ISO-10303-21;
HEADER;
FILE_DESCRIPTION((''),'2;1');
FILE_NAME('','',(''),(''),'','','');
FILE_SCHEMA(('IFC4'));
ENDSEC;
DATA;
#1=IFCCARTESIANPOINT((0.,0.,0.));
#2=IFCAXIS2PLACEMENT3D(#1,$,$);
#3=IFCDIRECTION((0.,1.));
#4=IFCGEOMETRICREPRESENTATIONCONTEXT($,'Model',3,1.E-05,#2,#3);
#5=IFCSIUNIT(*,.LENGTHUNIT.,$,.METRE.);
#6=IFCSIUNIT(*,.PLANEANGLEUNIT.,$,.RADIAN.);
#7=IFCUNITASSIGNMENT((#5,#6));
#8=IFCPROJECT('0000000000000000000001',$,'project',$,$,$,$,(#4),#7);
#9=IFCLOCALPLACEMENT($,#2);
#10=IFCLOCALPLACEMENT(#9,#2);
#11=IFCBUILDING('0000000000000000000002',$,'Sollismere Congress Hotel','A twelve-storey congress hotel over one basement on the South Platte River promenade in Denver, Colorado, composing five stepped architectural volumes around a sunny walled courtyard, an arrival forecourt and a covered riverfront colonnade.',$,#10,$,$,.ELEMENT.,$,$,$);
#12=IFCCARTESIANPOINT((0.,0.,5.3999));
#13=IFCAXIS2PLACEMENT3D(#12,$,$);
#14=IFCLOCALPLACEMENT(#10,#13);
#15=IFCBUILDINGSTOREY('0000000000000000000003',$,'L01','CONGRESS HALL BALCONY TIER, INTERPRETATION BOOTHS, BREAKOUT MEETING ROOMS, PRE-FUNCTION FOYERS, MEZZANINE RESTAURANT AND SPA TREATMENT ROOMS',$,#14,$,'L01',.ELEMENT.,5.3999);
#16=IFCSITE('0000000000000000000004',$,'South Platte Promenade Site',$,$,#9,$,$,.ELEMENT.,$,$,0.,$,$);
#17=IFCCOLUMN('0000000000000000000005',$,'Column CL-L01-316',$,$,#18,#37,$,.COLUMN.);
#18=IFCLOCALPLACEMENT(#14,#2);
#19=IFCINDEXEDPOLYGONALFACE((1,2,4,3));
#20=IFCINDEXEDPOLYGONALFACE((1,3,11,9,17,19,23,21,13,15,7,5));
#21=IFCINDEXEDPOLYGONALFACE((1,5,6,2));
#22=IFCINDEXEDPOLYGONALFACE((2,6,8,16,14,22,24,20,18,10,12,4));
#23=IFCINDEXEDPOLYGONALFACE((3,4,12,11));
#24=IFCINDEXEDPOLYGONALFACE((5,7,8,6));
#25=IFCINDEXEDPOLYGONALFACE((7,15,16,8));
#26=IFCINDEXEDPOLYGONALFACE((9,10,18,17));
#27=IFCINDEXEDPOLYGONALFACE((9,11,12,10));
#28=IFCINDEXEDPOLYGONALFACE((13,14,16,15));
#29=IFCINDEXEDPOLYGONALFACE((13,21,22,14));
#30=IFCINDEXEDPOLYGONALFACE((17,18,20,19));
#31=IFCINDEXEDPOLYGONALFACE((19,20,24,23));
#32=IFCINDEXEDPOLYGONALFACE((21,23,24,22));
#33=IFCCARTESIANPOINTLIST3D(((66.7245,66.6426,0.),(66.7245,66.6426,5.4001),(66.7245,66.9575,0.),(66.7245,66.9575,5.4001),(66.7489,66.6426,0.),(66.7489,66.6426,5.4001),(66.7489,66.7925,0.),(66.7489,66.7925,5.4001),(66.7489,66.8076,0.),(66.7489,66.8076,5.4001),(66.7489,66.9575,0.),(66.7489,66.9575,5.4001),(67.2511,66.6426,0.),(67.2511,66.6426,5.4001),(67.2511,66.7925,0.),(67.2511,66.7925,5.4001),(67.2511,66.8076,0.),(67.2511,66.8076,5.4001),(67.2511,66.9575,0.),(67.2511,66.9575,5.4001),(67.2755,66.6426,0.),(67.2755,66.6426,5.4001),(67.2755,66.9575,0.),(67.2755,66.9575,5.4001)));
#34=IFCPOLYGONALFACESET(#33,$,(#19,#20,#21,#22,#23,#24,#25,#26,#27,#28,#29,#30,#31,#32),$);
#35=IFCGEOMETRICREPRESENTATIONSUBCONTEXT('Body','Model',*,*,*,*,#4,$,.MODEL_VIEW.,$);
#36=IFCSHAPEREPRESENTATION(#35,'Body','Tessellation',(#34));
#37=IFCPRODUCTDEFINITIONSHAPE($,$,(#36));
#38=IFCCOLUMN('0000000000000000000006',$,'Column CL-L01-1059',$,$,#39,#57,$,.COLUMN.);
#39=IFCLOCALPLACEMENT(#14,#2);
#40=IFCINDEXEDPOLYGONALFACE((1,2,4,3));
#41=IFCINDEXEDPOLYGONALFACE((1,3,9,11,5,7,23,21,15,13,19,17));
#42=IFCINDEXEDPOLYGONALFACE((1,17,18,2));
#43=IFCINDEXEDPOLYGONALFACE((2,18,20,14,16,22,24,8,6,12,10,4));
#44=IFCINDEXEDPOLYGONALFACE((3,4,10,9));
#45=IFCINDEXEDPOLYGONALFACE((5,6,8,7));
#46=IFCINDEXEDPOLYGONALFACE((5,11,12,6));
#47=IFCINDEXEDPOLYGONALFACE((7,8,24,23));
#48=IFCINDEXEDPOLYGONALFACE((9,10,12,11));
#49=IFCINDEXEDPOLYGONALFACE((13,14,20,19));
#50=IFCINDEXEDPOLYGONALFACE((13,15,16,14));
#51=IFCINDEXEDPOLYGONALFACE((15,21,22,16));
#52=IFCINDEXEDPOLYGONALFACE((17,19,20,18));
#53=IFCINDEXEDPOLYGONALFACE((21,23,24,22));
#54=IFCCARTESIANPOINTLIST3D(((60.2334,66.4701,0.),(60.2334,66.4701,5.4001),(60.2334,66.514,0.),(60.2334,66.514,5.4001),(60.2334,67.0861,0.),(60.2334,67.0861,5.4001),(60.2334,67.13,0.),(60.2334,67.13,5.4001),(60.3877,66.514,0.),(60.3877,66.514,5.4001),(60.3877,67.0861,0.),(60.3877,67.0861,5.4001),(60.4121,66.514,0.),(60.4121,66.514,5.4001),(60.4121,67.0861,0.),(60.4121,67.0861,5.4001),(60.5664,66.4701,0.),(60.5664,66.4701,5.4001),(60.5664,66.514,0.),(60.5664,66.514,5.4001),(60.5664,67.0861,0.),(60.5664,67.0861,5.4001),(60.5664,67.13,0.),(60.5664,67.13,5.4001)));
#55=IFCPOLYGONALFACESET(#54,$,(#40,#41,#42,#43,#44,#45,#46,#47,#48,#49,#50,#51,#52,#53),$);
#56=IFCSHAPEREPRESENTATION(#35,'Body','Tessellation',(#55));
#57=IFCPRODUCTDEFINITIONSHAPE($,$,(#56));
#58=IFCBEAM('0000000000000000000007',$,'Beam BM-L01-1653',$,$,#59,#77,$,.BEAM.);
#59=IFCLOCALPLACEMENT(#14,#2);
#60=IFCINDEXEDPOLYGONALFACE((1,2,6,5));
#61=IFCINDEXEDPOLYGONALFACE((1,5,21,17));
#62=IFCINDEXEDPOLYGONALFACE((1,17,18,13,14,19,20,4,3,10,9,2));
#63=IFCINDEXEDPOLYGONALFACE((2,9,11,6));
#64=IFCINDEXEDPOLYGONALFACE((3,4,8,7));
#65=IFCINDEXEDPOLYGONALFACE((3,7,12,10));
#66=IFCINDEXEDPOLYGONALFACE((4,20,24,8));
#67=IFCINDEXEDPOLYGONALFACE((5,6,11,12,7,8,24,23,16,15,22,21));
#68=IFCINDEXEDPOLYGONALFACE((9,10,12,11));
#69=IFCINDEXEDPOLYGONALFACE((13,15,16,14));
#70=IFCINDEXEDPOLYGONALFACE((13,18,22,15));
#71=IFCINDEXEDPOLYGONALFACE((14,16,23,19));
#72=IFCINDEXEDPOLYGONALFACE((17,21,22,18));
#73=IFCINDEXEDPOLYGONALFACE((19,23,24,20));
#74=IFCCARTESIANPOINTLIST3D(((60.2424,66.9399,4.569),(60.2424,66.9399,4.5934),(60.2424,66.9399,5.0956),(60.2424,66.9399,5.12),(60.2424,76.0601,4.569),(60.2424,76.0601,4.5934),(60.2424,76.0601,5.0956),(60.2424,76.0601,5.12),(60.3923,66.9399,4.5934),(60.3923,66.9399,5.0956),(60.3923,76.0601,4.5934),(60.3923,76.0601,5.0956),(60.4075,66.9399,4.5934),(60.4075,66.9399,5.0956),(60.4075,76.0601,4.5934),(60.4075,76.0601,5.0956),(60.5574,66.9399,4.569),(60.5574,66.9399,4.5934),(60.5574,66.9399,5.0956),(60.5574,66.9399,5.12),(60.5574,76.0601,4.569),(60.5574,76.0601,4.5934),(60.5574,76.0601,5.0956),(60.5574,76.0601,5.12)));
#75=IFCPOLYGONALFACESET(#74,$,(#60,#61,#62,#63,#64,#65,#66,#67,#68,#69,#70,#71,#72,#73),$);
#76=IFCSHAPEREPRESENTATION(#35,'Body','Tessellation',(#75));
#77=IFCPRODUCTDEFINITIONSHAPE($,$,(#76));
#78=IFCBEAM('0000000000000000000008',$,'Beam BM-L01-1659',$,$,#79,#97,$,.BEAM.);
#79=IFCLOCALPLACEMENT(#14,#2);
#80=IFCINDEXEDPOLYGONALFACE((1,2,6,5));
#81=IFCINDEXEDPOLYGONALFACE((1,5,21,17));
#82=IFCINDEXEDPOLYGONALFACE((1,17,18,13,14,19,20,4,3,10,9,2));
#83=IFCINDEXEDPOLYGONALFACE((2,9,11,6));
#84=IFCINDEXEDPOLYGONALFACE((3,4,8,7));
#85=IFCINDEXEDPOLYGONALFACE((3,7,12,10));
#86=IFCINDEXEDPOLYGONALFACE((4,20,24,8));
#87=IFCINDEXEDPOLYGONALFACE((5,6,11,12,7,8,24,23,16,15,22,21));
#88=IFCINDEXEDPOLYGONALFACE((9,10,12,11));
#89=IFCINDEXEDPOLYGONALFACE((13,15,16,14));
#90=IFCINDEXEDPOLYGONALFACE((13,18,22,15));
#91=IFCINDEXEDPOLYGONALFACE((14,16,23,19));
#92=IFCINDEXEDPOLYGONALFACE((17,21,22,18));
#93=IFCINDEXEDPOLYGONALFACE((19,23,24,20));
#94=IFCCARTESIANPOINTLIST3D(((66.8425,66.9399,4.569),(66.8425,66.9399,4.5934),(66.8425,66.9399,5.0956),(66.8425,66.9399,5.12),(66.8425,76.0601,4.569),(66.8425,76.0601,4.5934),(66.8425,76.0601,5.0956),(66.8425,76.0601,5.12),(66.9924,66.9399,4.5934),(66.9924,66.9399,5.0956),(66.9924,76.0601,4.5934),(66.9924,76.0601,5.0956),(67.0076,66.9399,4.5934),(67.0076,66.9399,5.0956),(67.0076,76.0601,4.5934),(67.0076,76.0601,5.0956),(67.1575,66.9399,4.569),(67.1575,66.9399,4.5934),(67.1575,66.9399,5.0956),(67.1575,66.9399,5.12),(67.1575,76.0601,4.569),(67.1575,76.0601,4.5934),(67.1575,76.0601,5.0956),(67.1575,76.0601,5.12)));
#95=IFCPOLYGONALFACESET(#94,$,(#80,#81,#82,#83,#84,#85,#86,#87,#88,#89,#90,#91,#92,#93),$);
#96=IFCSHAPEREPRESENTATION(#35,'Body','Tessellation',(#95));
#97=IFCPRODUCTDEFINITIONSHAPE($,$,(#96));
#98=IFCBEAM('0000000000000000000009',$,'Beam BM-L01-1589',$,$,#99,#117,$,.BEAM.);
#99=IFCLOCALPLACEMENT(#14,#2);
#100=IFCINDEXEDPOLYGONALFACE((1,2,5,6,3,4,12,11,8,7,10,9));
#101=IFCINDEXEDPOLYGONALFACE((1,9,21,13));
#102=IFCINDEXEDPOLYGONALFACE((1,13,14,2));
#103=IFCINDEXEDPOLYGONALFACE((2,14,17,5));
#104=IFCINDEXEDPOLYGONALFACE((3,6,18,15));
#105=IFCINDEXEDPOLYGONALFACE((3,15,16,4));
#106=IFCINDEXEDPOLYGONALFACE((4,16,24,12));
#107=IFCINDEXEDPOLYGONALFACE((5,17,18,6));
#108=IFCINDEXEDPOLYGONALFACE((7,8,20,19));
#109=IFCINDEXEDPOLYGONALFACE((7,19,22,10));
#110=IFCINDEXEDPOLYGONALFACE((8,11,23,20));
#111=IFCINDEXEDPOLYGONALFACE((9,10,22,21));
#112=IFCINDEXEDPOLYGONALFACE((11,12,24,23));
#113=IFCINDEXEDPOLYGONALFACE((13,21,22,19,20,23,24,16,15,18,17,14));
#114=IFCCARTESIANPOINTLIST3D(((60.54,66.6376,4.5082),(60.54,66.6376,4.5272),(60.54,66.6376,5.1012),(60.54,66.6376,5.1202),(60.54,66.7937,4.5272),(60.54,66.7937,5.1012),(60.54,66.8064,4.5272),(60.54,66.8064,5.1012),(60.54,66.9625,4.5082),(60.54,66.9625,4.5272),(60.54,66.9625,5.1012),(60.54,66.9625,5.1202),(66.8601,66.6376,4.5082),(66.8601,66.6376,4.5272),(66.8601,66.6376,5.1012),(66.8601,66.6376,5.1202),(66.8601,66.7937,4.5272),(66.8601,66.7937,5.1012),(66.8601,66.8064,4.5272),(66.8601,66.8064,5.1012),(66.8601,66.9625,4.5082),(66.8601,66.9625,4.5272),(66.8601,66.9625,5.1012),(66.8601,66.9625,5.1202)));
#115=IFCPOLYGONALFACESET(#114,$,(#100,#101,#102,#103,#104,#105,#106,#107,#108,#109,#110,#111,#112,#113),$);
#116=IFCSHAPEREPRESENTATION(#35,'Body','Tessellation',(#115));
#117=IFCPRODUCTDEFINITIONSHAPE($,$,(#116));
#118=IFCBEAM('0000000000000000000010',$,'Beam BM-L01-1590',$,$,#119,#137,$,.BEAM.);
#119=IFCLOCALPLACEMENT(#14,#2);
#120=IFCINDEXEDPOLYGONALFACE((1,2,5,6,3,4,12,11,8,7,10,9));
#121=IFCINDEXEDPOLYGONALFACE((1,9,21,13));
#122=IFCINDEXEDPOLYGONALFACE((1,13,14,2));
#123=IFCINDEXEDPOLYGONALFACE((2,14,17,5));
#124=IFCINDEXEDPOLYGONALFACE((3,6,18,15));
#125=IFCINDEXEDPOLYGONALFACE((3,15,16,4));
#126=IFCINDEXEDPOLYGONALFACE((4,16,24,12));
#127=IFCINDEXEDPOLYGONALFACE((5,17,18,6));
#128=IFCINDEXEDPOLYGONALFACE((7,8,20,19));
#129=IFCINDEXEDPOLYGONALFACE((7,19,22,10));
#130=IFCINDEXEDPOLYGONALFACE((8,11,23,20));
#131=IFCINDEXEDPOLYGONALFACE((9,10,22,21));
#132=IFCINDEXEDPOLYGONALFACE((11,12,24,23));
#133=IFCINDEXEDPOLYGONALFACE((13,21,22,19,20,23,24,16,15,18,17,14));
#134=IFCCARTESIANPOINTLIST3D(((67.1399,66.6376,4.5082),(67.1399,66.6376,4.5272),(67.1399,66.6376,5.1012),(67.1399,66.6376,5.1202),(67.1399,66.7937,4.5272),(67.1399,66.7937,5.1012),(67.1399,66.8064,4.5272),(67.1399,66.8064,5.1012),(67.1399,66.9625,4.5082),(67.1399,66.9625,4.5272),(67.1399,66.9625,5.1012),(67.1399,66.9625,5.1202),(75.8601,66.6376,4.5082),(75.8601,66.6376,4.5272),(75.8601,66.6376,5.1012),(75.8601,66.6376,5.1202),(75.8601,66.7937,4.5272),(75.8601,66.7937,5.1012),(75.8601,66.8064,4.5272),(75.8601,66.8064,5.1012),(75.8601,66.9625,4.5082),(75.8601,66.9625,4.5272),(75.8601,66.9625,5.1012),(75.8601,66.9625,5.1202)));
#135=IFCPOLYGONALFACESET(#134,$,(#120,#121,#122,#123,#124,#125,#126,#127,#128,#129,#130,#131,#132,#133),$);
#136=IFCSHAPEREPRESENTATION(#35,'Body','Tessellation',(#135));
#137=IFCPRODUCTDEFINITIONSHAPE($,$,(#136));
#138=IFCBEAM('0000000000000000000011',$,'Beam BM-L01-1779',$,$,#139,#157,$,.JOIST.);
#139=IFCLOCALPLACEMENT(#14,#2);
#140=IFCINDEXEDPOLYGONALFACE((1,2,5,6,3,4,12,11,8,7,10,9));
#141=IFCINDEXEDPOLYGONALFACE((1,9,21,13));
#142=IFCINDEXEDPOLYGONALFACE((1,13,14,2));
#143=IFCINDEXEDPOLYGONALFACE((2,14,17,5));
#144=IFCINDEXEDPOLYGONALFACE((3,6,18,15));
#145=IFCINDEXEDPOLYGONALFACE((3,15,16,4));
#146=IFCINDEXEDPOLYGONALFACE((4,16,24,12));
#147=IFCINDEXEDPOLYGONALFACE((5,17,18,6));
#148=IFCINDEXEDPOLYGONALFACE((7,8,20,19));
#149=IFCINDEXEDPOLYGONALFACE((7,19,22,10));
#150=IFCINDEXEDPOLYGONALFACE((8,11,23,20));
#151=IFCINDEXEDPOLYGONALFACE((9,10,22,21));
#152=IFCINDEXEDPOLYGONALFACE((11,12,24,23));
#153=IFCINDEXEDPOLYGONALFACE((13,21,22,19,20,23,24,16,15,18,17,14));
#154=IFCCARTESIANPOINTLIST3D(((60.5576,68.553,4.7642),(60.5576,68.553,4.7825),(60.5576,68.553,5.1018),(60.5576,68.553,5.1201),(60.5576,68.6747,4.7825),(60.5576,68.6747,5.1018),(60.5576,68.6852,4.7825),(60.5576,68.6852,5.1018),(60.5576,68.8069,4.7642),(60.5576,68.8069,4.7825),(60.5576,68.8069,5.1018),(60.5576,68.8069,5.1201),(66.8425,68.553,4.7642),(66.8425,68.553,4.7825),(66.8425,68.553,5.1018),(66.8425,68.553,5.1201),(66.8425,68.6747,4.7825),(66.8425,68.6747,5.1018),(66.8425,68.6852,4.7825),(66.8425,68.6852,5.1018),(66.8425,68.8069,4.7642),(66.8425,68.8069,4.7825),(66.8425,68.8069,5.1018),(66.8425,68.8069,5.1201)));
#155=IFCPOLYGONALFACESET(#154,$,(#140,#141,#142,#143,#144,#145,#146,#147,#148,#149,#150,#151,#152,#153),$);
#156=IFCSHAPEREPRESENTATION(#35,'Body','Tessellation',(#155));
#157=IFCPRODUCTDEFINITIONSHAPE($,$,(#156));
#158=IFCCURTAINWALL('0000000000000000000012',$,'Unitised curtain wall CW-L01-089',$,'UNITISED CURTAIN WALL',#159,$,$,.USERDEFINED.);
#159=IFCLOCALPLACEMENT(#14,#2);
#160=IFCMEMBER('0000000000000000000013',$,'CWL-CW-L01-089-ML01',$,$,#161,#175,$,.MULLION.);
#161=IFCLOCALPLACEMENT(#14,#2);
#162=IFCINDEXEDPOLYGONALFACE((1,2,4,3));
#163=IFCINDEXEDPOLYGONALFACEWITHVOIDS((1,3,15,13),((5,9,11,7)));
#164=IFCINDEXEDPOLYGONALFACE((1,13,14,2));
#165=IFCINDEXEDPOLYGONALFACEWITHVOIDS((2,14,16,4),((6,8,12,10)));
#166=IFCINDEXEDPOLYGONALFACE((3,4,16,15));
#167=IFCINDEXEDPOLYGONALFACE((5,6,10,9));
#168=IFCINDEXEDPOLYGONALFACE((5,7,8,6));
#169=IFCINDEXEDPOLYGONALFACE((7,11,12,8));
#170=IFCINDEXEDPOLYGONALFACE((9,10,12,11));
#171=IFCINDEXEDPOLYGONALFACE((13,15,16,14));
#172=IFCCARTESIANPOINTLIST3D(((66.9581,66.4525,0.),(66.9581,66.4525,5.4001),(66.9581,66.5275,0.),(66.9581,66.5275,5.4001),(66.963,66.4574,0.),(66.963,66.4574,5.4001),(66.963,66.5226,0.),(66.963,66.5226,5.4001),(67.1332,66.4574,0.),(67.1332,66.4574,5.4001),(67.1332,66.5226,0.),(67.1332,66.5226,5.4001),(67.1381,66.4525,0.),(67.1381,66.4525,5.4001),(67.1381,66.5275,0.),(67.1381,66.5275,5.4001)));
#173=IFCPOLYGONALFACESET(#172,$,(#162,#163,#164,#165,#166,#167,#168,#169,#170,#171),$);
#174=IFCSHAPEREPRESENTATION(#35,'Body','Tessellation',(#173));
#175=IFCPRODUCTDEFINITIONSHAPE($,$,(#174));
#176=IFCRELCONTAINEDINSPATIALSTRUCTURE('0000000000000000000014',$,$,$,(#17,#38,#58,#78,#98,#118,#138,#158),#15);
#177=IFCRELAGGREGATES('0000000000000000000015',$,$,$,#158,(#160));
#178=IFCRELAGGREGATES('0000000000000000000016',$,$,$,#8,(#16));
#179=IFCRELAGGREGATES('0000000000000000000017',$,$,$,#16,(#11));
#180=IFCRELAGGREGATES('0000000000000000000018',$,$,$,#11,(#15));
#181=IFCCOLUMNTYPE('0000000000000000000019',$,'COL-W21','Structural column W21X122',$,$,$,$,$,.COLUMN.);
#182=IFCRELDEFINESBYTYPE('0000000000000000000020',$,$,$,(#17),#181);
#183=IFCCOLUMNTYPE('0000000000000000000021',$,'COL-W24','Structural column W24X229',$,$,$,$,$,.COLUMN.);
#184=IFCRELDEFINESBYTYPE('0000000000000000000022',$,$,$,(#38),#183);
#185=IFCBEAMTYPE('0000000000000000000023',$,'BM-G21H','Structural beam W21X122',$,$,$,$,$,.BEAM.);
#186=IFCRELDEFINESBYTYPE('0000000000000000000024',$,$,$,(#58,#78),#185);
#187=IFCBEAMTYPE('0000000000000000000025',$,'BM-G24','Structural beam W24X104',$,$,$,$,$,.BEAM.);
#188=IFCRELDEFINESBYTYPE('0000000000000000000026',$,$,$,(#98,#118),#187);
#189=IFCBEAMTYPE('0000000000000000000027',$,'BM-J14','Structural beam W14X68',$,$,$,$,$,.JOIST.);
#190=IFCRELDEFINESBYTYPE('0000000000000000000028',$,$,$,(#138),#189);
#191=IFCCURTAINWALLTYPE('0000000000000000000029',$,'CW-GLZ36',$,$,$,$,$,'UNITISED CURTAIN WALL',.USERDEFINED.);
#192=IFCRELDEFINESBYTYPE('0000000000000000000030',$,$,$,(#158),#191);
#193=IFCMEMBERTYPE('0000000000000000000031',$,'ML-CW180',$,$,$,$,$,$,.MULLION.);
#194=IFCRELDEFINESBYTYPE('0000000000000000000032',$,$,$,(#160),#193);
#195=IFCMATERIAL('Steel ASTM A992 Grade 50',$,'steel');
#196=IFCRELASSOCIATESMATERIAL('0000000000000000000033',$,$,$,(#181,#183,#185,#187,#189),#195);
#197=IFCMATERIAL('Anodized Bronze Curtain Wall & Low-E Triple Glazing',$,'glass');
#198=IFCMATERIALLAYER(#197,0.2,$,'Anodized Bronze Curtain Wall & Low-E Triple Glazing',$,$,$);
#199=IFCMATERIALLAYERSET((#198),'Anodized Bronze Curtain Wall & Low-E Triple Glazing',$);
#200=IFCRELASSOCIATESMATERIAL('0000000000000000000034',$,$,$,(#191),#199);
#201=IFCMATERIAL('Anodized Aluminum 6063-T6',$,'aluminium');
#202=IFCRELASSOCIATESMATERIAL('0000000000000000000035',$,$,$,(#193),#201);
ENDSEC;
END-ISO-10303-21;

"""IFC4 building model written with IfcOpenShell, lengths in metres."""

from ifc_helpers import new_model, si_unit, direction, frame, origin, origin_2d, place, context, subcontext, project, spatial, hollow_rectangle, i_section, extrude, material, layer, layer_set, material_profile, profile_set, type_object, element, aggregate, save


model = new_model("IFC4")

# Units and contexts
model_context = context("Model", 3, precision=1e-05, world=origin(), true_north=direction((0.0, 1.0)))
body_context = subcontext(model_context, "Body", "Model", "MODEL_VIEW")
ifc_project = project(units=[si_unit("LENGTHUNIT", "METRE"), si_unit("PLANEANGLEUNIT", "RADIAN")], contexts=[model_context])

# Site, building, storey
site_placement = place(None, origin())
site = spatial("IfcSite", under=ifc_project, at=site_placement, Name="South Platte Promenade Site", CompositionType="ELEMENT", RefElevation=0.0)
building_placement = place(site_placement, origin())
building = spatial("IfcBuilding", under=site, at=building_placement, Name="Sollismere Congress Hotel", Description="A twelve-storey congress hotel over one basement on the South Platte River promenade in Denver, Colorado, composing five stepped architectural volumes around a sunny walled courtyard, an arrival forecourt and a covered riverfront colonnade.", CompositionType="ELEMENT")
storey_placement = place(building_placement, frame((0.0, 0.0, 5.3999)))
storey = spatial("IfcBuildingStorey", under=building, at=storey_placement, Name="L01", Description="CONGRESS HALL BALCONY TIER, INTERPRETATION BOOTHS, BREAKOUT MEETING ROOMS, PRE-FUNCTION FOYERS, MEZZANINE RESTAURANT AND SPA TREATMENT ROOMS", LongName="L01", CompositionType="ELEMENT", Elevation=5.3999)

# Columns
ifc_material_1 = material(Name="Steel ASTM A992 Grade 50", Category="steel")
ifc_material_profile_1 = material_profile(ifc_material_1, i_section(OverallWidth=0.3149, OverallDepth=0.551, WebThickness=0.0151, FlangeThickness=0.0244, at=origin_2d()), Name="W21X122")
ifc_profile_set_1 = profile_set([ifc_material_profile_1], Name="Steel ASTM A992 Grade 50")
column_type_1 = type_object("IfcColumnType", Name="COL-W21", Description="Structural column W21X122", PredefinedType="COLUMN", material=ifc_profile_set_1)
column_1_placement = place(storey_placement, frame((67.0, 66.8, 0.0), z_axis=(0.0, 0.0, 1.0), x_axis=(0.0, 1.0, 0.0)))
element("IfcColumn", 1, at=column_1_placement, inside=storey, type_object=column_type_1, Name="Column CL-L01-316", PredefinedType="COLUMN", context=body_context, shape_type="SweptSolid", body=[
    extrude(i_section(OverallWidth=0.3149, OverallDepth=0.551, WebThickness=0.0151, FlangeThickness=0.0244, at=origin_2d()), origin(), (0.0, 0.0, 1.0), 5.4001),
])
ifc_material_profile_2 = material_profile(ifc_material_1, i_section(OverallWidth=0.333, OverallDepth=0.6599, WebThickness=0.0244, FlangeThickness=0.0439, at=origin_2d()), Name="W24X229")
ifc_profile_set_2 = profile_set([ifc_material_profile_2], Name="Steel ASTM A992 Grade 50")
column_type_2 = type_object("IfcColumnType", Name="COL-W24", Description="Structural column W24X229", PredefinedType="COLUMN", material=ifc_profile_set_2)
column_2_placement = place(storey_placement, frame((60.3999, 66.8, 0.0), z_axis=(0.0, 0.0, 1.0), x_axis=(1.0, 0.0, 0.0)))
element("IfcColumn", 2, at=column_2_placement, inside=storey, type_object=column_type_2, Name="Column CL-L01-1059", PredefinedType="COLUMN", context=body_context, shape_type="SweptSolid", body=[
    extrude(i_section(OverallWidth=0.333, OverallDepth=0.6599, WebThickness=0.0244, FlangeThickness=0.0439, at=origin_2d()), origin(), (0.0, 0.0, 1.0), 5.4001),
])

# Beams
ifc_material_profile_3 = material_profile(ifc_material_1, i_section(OverallWidth=0.3149, OverallDepth=0.551, WebThickness=0.0151, FlangeThickness=0.0244, at=origin_2d()), Name="W21X122")
ifc_profile_set_3 = profile_set([ifc_material_profile_3], Name="Steel ASTM A992 Grade 50")
beam_type_1 = type_object("IfcBeamType", Name="BM-G21H", Description="Structural beam W21X122", PredefinedType="BEAM", material=ifc_profile_set_3)
for number, where, z_axis, x_axis, name in (
    (3, (60.3999, 66.9399, 4.8445), (0.0, 1.0, 0.0), (-1.0, 0.0, 0.0), "Beam BM-L01-1653"),
    (4, (67.0, 66.9399, 4.8445), (0.0, 1.0, 0.0), (-1.0, 0.0, 0.0), "Beam BM-L01-1659"),
):
    element("IfcBeam", number, at=place(storey_placement, frame(where, z_axis=z_axis, x_axis=x_axis)), inside=storey, type_object=beam_type_1, Name=name, PredefinedType="BEAM", context=body_context, shape_type="SweptSolid", body=[
        extrude(i_section(OverallWidth=0.3149, OverallDepth=0.551, WebThickness=0.0151, FlangeThickness=0.0244, at=origin_2d()), origin(), (0.0, 0.0, 1.0), 9.1201),
    ])
ifc_material_profile_4 = material_profile(ifc_material_1, i_section(OverallWidth=0.325, OverallDepth=0.6121, WebThickness=0.0127, FlangeThickness=0.019, at=origin_2d()), Name="W24X104")
ifc_profile_set_4 = profile_set([ifc_material_profile_4], Name="Steel ASTM A992 Grade 50")
beam_type_2 = type_object("IfcBeamType", Name="BM-G24", Description="Structural beam W24X104", PredefinedType="BEAM", material=ifc_profile_set_4)
beam_1_placement = place(storey_placement, frame((60.54, 66.8, 4.8142), z_axis=(1.0, 0.0, 0.0), x_axis=(0.0, 1.0, 0.0)))
element("IfcBeam", 5, at=beam_1_placement, inside=storey, type_object=beam_type_2, Name="Beam BM-L01-1589", PredefinedType="BEAM", context=body_context, shape_type="SweptSolid", body=[
    extrude(i_section(OverallWidth=0.325, OverallDepth=0.6121, WebThickness=0.0127, FlangeThickness=0.019, at=origin_2d()), origin(), (0.0, 0.0, 1.0), 6.3201),
])
beam_2_placement = place(storey_placement, frame((67.1399, 66.8, 4.8142), z_axis=(1.0, 0.0, 0.0), x_axis=(0.0, 1.0, 0.0)))
element("IfcBeam", 6, at=beam_2_placement, inside=storey, type_object=beam_type_2, Name="Beam BM-L01-1590", PredefinedType="BEAM", context=body_context, shape_type="SweptSolid", body=[
    extrude(i_section(OverallWidth=0.325, OverallDepth=0.6121, WebThickness=0.0127, FlangeThickness=0.019, at=origin_2d()), origin(), (0.0, 0.0, 1.0), 8.7202),
])
ifc_material_profile_5 = material_profile(ifc_material_1, i_section(OverallWidth=0.2539, OverallDepth=0.356, WebThickness=0.0105, FlangeThickness=0.0183, at=origin_2d()), Name="W14X68")
ifc_profile_set_5 = profile_set([ifc_material_profile_5], Name="Steel ASTM A992 Grade 50")
beam_type_3 = type_object("IfcBeamType", Name="BM-J14", Description="Structural beam W14X68", PredefinedType="JOIST", material=ifc_profile_set_5)
beam_3_placement = place(storey_placement, frame((60.5576, 68.6799, 4.9421), z_axis=(1.0, 0.0, 0.0), x_axis=(0.0, 1.0, 0.0)))
element("IfcBeam", 7, at=beam_3_placement, inside=storey, type_object=beam_type_3, Name="Beam BM-L01-1779", PredefinedType="JOIST", context=body_context, shape_type="SweptSolid", body=[
    extrude(i_section(OverallWidth=0.2539, OverallDepth=0.356, WebThickness=0.0105, FlangeThickness=0.0183, at=origin_2d()), origin(), (0.0, 0.0, 1.0), 6.2849),
])

# Curtain wall, member
ifc_material_2 = material(Name="Anodized Bronze Curtain Wall & Low-E Triple Glazing", Category="glass")
ifc_layer_1 = layer(ifc_material_2, 0.2, Name="Anodized Bronze Curtain Wall & Low-E Triple Glazing")
ifc_layer_set_1 = layer_set([ifc_layer_1], Name="Anodized Bronze Curtain Wall & Low-E Triple Glazing")
curtain_wall_type = type_object("IfcCurtainWallType", Name="CW-GLZ36", ElementType="UNITISED CURTAIN WALL", PredefinedType="USERDEFINED", material=ifc_layer_set_1)
curtain_wall_1_placement = place(storey_placement, origin())
curtain_wall_1 = element("IfcCurtainWall", 8, at=curtain_wall_1_placement, inside=storey, type_object=curtain_wall_type, Name="Unitised curtain wall CW-L01-089", ObjectType="UNITISED CURTAIN WALL", PredefinedType="USERDEFINED")
ifc_material_3 = material(Name="Anodized Aluminum 6063-T6", Category="aluminium")
ifc_material_profile_6 = material_profile(ifc_material_3, hollow_rectangle(XDim=0.075, YDim=0.1799, WallThickness=0.0049, at=origin_2d()), Name="ALU180X75X5")
ifc_profile_set_6 = profile_set([ifc_material_profile_6], Name="Anodized Aluminum 6063-T6")
member_type_1 = type_object("IfcMemberType", Name="ML-CW180", PredefinedType="MULLION", material=ifc_profile_set_6)
member_1_placement = place(storey_placement, frame((67.0481, 66.49, 0.0), z_axis=(0.0, 0.0, 1.0), x_axis=(0.0, 1.0, 0.0)))
member_1 = element("IfcMember", 9, at=member_1_placement, type_object=member_type_1, Name="CWL-CW-L01-089-ML01", PredefinedType="MULLION", context=body_context, shape_type="SweptSolid", body=[
    extrude(hollow_rectangle(XDim=0.075, YDim=0.1799, WallThickness=0.0049, at=origin_2d()), origin(), (0.0, 0.0, 1.0), 5.4001),
])

aggregate(curtain_wall_1, [member_1])

save(model, "model.ifc")
